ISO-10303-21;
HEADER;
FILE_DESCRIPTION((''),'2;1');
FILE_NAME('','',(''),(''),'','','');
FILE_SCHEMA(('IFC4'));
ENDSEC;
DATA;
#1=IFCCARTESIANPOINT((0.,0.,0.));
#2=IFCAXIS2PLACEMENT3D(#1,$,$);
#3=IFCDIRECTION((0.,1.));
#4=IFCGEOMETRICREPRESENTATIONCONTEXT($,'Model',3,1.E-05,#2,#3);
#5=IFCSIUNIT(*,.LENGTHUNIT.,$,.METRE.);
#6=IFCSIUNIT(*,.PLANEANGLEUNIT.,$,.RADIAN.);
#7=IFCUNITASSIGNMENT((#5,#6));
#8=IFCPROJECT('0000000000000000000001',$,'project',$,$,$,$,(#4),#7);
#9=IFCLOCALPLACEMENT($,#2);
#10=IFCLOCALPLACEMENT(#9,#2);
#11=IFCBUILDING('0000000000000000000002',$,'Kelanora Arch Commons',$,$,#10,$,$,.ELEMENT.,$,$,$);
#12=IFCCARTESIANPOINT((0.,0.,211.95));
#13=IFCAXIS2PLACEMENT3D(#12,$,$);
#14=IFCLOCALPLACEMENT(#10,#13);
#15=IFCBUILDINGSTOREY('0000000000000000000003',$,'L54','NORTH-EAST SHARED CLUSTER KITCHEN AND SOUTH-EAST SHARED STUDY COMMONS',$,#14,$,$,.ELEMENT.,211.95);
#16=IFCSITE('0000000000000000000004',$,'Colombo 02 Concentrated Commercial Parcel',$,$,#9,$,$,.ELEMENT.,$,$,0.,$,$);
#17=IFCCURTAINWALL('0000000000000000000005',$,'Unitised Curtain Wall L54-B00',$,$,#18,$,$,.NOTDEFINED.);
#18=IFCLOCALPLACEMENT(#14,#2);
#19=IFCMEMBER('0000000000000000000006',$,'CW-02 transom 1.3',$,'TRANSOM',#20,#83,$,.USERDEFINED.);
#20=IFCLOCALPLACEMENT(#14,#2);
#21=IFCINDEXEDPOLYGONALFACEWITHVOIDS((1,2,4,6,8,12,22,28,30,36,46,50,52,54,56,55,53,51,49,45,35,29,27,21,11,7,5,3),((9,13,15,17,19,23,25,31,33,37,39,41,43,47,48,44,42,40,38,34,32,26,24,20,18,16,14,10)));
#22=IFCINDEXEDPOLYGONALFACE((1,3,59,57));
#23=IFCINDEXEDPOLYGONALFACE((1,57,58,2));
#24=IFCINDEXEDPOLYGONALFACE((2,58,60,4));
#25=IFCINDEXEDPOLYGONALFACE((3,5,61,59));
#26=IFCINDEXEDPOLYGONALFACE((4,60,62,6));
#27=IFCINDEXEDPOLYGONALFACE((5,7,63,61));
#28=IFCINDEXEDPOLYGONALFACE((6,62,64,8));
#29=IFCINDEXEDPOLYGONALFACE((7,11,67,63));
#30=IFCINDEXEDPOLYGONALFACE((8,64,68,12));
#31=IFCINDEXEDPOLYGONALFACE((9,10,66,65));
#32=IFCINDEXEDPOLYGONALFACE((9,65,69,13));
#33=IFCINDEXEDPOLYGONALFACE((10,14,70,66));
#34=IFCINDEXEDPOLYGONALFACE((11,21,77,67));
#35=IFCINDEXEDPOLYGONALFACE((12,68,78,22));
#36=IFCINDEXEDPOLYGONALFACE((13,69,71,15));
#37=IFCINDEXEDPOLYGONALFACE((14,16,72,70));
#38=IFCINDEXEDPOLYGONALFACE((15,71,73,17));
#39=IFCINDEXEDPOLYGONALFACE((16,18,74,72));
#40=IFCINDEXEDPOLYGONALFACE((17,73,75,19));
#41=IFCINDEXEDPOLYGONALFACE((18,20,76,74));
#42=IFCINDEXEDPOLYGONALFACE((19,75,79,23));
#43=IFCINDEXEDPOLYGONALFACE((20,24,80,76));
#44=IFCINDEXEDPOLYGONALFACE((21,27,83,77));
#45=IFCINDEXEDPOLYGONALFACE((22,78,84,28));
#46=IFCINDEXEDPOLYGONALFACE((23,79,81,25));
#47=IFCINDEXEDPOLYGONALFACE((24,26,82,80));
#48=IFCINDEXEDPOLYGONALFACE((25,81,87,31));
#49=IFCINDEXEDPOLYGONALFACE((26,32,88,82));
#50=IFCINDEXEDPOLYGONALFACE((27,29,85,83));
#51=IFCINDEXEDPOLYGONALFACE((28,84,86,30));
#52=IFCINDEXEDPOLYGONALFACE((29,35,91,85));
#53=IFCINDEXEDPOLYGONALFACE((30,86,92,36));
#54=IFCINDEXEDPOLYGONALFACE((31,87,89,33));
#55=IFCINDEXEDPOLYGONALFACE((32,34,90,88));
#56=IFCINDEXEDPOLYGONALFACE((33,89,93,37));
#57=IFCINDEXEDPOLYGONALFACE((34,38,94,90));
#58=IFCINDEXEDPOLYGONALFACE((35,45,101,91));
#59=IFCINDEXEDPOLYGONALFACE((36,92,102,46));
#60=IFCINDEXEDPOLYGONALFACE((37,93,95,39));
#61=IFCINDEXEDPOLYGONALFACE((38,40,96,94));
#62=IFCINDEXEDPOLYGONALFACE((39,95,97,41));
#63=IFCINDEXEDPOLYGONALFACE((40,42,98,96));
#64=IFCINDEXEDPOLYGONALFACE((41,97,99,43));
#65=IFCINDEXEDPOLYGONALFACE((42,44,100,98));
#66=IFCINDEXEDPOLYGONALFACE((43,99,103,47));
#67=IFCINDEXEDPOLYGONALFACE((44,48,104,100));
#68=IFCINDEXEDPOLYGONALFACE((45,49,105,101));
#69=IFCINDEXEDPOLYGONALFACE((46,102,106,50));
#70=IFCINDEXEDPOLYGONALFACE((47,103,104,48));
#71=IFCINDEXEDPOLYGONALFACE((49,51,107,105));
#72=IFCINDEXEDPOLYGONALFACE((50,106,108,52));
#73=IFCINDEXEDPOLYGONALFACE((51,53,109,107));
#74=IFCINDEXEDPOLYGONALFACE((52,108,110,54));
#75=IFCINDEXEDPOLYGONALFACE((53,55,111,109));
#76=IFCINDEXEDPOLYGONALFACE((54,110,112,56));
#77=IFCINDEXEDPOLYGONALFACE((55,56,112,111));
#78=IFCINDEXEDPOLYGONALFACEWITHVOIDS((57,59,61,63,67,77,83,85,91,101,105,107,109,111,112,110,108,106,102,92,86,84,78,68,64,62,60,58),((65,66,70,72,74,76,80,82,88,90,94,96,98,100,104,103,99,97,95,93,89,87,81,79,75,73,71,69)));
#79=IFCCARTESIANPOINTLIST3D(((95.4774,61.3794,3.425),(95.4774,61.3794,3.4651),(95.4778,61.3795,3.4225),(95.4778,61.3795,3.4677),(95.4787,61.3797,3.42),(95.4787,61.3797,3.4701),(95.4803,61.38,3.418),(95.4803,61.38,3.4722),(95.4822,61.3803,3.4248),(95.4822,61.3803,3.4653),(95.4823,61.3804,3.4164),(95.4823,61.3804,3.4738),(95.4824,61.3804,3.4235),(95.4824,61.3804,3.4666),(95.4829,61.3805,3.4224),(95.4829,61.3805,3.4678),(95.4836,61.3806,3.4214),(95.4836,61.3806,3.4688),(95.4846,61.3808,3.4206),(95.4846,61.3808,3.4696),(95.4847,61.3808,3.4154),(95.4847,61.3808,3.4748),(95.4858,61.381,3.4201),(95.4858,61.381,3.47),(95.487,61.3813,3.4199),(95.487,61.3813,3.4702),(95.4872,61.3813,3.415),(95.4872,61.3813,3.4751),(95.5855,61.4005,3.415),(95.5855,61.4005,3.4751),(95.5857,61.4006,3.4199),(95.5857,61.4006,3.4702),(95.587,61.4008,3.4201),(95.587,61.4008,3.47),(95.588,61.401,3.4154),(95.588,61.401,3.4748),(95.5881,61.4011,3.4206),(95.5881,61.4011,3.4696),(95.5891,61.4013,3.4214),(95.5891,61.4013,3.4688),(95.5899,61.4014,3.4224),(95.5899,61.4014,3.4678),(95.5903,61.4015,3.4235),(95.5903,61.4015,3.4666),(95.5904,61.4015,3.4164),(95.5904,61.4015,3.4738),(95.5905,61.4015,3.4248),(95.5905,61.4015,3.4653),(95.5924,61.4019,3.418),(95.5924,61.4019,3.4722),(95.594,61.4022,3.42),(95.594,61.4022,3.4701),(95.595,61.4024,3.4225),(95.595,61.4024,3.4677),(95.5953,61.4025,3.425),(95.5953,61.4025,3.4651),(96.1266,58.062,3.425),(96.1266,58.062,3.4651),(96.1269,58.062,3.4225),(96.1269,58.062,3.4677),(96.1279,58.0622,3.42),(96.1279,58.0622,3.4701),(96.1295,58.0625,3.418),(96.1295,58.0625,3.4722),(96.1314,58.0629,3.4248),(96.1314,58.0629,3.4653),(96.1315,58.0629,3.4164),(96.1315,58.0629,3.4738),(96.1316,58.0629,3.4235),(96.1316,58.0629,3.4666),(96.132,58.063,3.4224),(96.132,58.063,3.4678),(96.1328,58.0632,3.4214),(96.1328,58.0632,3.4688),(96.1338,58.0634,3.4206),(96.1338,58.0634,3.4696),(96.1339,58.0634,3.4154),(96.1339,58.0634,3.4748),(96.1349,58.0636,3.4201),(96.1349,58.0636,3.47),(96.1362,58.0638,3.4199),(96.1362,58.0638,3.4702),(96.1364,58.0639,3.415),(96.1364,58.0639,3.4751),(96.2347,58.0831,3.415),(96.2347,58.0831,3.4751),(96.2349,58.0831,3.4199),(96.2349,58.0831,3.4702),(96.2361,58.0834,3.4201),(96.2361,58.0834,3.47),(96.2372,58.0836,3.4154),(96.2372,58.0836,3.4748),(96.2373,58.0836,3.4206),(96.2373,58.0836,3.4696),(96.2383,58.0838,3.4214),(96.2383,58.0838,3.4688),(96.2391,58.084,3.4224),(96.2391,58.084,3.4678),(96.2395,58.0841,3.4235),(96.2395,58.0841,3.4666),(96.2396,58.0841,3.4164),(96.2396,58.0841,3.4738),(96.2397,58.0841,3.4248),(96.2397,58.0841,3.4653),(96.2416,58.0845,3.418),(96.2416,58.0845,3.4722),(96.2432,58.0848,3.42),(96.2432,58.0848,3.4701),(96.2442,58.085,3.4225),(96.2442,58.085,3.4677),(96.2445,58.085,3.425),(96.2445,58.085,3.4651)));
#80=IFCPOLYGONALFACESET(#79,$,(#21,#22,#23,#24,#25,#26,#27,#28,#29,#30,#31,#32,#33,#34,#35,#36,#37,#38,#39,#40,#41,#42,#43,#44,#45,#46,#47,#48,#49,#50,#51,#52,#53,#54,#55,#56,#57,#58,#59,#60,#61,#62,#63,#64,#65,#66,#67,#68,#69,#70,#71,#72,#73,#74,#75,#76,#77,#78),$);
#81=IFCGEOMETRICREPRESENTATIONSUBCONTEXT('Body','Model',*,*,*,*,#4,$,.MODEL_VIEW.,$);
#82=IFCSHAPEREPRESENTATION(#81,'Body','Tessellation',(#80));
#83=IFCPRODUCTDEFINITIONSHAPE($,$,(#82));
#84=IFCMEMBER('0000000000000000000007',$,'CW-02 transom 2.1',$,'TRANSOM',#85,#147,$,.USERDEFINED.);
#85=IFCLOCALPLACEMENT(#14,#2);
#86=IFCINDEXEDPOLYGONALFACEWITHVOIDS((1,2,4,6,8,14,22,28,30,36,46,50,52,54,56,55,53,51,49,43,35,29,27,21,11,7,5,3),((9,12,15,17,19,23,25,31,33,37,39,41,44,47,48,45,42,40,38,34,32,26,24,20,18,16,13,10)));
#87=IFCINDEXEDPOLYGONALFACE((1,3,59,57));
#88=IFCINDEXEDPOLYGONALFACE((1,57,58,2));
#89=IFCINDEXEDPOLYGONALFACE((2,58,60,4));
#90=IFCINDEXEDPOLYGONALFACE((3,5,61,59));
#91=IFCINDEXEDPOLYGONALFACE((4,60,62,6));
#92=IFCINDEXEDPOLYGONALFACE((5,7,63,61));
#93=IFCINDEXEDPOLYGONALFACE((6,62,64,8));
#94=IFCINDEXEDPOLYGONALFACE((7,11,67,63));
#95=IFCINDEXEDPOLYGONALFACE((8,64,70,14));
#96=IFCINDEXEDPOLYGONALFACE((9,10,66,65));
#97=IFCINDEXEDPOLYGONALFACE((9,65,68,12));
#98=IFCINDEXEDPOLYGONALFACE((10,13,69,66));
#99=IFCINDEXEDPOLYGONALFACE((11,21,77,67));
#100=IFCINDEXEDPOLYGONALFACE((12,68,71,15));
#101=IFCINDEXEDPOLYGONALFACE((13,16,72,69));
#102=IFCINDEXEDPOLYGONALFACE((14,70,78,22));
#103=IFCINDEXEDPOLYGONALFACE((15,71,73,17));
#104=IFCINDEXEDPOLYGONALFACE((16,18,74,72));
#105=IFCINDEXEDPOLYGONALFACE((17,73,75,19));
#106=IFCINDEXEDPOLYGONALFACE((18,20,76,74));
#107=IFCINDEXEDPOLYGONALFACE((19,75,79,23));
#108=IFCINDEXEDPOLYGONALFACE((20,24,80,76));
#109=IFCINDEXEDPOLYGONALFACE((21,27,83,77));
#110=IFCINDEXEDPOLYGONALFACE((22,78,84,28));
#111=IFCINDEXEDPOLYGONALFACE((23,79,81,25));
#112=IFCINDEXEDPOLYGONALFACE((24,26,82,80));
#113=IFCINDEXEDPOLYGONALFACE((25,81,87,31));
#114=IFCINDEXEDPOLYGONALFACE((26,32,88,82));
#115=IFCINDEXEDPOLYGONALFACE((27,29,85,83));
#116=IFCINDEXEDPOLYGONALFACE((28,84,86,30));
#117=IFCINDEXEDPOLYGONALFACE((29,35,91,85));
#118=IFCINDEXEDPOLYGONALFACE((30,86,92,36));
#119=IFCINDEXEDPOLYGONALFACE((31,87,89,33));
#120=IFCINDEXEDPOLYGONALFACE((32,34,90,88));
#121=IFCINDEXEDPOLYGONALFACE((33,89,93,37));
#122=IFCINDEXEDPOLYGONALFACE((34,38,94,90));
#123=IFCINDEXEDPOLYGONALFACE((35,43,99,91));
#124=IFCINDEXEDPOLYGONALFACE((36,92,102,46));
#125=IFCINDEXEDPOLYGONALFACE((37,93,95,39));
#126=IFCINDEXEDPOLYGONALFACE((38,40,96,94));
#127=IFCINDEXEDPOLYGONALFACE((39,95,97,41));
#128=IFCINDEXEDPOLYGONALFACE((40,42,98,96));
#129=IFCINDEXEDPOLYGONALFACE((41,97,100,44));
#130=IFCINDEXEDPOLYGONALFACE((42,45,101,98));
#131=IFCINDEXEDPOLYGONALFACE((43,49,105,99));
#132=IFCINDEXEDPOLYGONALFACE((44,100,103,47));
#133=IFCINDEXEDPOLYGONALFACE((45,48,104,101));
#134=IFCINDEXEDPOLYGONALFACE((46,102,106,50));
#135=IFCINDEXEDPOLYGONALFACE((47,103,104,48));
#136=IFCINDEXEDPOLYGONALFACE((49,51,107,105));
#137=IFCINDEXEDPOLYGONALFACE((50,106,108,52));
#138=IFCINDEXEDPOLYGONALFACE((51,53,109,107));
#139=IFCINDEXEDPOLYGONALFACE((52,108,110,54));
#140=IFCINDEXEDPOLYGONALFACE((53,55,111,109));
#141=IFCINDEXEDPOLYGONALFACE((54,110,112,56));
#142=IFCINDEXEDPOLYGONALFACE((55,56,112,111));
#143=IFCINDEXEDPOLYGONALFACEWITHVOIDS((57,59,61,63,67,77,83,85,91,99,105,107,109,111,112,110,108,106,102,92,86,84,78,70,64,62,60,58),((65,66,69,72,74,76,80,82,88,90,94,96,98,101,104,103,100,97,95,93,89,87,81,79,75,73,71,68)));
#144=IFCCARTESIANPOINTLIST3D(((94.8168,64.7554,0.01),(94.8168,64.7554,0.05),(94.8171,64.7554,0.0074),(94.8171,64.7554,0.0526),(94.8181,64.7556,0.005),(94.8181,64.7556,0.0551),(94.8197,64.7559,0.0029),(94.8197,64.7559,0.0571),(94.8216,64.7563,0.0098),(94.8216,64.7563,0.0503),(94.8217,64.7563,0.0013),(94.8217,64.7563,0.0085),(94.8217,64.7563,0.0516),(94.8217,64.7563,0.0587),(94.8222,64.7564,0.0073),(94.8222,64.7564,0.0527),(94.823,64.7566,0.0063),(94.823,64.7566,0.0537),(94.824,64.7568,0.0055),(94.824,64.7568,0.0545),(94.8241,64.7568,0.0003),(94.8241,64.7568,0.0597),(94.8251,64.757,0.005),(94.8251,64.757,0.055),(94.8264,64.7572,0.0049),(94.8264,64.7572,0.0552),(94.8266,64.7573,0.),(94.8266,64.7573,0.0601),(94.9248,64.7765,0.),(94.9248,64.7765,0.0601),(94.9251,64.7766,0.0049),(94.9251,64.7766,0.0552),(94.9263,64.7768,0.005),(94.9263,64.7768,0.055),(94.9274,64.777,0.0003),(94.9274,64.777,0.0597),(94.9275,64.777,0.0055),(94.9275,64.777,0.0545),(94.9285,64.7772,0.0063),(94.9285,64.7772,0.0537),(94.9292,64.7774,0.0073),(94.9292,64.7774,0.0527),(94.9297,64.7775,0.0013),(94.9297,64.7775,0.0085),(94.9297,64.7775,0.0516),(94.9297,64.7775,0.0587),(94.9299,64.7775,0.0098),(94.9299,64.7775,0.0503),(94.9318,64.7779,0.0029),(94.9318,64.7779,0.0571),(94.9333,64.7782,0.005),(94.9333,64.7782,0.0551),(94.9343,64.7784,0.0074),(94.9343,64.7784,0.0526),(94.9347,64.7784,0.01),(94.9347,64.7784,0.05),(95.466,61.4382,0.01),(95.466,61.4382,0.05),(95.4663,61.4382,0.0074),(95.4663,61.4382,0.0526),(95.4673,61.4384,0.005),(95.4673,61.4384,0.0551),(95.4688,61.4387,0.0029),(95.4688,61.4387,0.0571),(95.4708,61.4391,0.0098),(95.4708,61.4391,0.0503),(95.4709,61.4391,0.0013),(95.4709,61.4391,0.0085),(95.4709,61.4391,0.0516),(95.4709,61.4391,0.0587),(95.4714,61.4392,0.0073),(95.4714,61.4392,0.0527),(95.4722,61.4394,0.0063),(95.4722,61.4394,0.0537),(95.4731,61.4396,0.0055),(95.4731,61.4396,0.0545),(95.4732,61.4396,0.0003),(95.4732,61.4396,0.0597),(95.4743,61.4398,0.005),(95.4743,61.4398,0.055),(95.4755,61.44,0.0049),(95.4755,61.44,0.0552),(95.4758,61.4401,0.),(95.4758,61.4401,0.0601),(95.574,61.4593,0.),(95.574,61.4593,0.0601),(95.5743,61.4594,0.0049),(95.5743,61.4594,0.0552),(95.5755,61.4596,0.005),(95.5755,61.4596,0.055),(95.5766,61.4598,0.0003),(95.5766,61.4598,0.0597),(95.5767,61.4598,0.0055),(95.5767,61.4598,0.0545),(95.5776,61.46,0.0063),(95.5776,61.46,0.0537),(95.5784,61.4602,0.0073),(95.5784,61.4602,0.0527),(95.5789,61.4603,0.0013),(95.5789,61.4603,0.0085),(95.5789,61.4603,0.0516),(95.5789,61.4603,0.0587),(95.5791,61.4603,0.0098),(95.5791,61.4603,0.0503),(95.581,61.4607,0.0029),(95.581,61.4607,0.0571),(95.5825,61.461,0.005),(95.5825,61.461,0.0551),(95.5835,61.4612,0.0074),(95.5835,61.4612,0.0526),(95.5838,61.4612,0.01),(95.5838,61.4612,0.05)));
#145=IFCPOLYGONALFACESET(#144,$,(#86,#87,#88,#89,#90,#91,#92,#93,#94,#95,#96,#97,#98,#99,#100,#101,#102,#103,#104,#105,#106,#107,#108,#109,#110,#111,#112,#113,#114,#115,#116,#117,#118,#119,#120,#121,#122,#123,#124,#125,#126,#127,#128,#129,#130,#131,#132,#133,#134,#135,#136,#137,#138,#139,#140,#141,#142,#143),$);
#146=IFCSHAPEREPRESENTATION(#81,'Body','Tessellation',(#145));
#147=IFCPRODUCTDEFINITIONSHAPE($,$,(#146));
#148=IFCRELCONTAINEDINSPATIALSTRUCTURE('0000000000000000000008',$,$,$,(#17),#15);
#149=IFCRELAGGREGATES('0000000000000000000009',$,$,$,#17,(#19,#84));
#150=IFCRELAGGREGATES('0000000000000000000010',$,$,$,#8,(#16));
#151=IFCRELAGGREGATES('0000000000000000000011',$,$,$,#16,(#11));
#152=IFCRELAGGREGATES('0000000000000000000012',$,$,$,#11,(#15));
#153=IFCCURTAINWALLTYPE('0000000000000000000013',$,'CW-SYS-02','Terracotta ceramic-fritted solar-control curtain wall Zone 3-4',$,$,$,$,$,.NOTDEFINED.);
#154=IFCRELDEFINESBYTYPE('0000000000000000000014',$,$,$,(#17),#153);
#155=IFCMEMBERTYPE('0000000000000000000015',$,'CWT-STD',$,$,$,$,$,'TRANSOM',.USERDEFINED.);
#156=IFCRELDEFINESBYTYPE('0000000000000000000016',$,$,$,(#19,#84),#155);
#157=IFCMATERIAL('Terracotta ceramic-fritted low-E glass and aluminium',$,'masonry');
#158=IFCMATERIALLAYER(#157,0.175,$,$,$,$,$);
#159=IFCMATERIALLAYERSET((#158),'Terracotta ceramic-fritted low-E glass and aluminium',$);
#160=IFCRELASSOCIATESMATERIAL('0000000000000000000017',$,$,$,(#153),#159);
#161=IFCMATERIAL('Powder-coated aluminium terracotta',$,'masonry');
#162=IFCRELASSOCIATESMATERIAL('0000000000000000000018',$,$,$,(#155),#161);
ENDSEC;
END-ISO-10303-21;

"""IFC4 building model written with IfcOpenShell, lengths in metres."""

from ifc_helpers import new_model, si_unit, direction, frame, origin, origin_2d, place, context, subcontext, project, spatial, hollow_rectangle, extrude, material, layer, layer_set, material_profile, profile_set, type_object, element, aggregate, save


model = new_model("IFC4")

# Units and contexts
model_context = context("Model", 3, precision=1e-05, world=origin(), true_north=direction((0.0, 1.0)))
body_context = subcontext(model_context, "Body", "Model", "MODEL_VIEW")
ifc_project = project(units=[si_unit("LENGTHUNIT", "METRE"), si_unit("PLANEANGLEUNIT", "RADIAN")], contexts=[model_context])

# Site, building, storey
site_placement = place(None, origin())
site = spatial("IfcSite", under=ifc_project, at=site_placement, Name="Colombo 02 Concentrated Commercial Parcel", CompositionType="ELEMENT", RefElevation=0.0)
building_placement = place(site_placement, origin())
building = spatial("IfcBuilding", under=site, at=building_placement, Name="Kelanora Arch Commons", CompositionType="ELEMENT")
storey_placement = place(building_placement, frame((0.0, 0.0, 211.95)))
storey = spatial("IfcBuildingStorey", under=building, at=storey_placement, Name="L54", Description="NORTH-EAST SHARED CLUSTER KITCHEN AND SOUTH-EAST SHARED STUDY COMMONS", CompositionType="ELEMENT", Elevation=211.95)

# Curtain wall, members
ifc_material_1 = material(Name="Terracotta ceramic-fritted low-E glass and aluminium", Category="masonry")
ifc_layer_1 = layer(ifc_material_1, 0.175)
ifc_layer_set_1 = layer_set([ifc_layer_1], Name="Terracotta ceramic-fritted low-E glass and aluminium")
curtain_wall_type = type_object("IfcCurtainWallType", Name="CW-SYS-02", Description="Terracotta ceramic-fritted solar-control curtain wall Zone 3-4", PredefinedType="NOTDEFINED", material=ifc_layer_set_1)
curtain_wall_placement = place(storey_placement, origin())
curtain_wall = element("IfcCurtainWall", 1, at=curtain_wall_placement, inside=storey, type_object=curtain_wall_type, Name="Unitised Curtain Wall L54-B00", PredefinedType="NOTDEFINED")
ifc_material_2 = material(Name="Powder-coated aluminium terracotta", Category="masonry")
ifc_material_profile_1 = material_profile(ifc_material_2, hollow_rectangle(XDim=0.1201, YDim=0.0601, WallThickness=0.0049, InnerFilletRadius=0.0049, OuterFilletRadius=0.01, at=origin_2d()), Name="CWT120x60")
ifc_profile_set_1 = profile_set([ifc_material_profile_1], Name="Powder-coated aluminium terracotta")
member_type_1 = type_object("IfcMemberType", Name="CWT-STD", ElementType="TRANSOM", PredefinedType="USERDEFINED", material=ifc_profile_set_1)
member_1_placement = place(storey_placement, frame((96.1855, 58.0735, 3.4451), z_axis=(-0.192045, 0.981386, 0.0), x_axis=(-0.981386, -0.192045, 0.0)))
member_1 = element("IfcMember", 2, at=member_1_placement, type_object=member_type_1, Name="CW-02 transom 1.3", ObjectType="TRANSOM", PredefinedType="USERDEFINED", context=body_context, shape_type="SweptSolid", body=[
    extrude(hollow_rectangle(XDim=0.1201, YDim=0.0601, WallThickness=0.0049, InnerFilletRadius=0.0049, OuterFilletRadius=0.01, at=origin_2d()), origin(), (0.0, 0.0, 1.0), 3.3804),
])
member_2_placement = place(storey_placement, frame((95.5249, 61.4497, 0.03), z_axis=(-0.192058, 0.981383, 0.0), x_axis=(-0.981383, -0.192058, 0.0)))
member_2 = element("IfcMember", 3, at=member_2_placement, type_object=member_type_1, Name="CW-02 transom 2.1", ObjectType="TRANSOM", PredefinedType="USERDEFINED", context=body_context, shape_type="SweptSolid", body=[
    extrude(hollow_rectangle(XDim=0.1201, YDim=0.0601, WallThickness=0.0049, InnerFilletRadius=0.0049, OuterFilletRadius=0.01, at=origin_2d()), origin(), (0.0, 0.0, 1.0), 3.3801),
])
aggregate(curtain_wall, [member_1, member_2])

save(model, "model.ifc")
